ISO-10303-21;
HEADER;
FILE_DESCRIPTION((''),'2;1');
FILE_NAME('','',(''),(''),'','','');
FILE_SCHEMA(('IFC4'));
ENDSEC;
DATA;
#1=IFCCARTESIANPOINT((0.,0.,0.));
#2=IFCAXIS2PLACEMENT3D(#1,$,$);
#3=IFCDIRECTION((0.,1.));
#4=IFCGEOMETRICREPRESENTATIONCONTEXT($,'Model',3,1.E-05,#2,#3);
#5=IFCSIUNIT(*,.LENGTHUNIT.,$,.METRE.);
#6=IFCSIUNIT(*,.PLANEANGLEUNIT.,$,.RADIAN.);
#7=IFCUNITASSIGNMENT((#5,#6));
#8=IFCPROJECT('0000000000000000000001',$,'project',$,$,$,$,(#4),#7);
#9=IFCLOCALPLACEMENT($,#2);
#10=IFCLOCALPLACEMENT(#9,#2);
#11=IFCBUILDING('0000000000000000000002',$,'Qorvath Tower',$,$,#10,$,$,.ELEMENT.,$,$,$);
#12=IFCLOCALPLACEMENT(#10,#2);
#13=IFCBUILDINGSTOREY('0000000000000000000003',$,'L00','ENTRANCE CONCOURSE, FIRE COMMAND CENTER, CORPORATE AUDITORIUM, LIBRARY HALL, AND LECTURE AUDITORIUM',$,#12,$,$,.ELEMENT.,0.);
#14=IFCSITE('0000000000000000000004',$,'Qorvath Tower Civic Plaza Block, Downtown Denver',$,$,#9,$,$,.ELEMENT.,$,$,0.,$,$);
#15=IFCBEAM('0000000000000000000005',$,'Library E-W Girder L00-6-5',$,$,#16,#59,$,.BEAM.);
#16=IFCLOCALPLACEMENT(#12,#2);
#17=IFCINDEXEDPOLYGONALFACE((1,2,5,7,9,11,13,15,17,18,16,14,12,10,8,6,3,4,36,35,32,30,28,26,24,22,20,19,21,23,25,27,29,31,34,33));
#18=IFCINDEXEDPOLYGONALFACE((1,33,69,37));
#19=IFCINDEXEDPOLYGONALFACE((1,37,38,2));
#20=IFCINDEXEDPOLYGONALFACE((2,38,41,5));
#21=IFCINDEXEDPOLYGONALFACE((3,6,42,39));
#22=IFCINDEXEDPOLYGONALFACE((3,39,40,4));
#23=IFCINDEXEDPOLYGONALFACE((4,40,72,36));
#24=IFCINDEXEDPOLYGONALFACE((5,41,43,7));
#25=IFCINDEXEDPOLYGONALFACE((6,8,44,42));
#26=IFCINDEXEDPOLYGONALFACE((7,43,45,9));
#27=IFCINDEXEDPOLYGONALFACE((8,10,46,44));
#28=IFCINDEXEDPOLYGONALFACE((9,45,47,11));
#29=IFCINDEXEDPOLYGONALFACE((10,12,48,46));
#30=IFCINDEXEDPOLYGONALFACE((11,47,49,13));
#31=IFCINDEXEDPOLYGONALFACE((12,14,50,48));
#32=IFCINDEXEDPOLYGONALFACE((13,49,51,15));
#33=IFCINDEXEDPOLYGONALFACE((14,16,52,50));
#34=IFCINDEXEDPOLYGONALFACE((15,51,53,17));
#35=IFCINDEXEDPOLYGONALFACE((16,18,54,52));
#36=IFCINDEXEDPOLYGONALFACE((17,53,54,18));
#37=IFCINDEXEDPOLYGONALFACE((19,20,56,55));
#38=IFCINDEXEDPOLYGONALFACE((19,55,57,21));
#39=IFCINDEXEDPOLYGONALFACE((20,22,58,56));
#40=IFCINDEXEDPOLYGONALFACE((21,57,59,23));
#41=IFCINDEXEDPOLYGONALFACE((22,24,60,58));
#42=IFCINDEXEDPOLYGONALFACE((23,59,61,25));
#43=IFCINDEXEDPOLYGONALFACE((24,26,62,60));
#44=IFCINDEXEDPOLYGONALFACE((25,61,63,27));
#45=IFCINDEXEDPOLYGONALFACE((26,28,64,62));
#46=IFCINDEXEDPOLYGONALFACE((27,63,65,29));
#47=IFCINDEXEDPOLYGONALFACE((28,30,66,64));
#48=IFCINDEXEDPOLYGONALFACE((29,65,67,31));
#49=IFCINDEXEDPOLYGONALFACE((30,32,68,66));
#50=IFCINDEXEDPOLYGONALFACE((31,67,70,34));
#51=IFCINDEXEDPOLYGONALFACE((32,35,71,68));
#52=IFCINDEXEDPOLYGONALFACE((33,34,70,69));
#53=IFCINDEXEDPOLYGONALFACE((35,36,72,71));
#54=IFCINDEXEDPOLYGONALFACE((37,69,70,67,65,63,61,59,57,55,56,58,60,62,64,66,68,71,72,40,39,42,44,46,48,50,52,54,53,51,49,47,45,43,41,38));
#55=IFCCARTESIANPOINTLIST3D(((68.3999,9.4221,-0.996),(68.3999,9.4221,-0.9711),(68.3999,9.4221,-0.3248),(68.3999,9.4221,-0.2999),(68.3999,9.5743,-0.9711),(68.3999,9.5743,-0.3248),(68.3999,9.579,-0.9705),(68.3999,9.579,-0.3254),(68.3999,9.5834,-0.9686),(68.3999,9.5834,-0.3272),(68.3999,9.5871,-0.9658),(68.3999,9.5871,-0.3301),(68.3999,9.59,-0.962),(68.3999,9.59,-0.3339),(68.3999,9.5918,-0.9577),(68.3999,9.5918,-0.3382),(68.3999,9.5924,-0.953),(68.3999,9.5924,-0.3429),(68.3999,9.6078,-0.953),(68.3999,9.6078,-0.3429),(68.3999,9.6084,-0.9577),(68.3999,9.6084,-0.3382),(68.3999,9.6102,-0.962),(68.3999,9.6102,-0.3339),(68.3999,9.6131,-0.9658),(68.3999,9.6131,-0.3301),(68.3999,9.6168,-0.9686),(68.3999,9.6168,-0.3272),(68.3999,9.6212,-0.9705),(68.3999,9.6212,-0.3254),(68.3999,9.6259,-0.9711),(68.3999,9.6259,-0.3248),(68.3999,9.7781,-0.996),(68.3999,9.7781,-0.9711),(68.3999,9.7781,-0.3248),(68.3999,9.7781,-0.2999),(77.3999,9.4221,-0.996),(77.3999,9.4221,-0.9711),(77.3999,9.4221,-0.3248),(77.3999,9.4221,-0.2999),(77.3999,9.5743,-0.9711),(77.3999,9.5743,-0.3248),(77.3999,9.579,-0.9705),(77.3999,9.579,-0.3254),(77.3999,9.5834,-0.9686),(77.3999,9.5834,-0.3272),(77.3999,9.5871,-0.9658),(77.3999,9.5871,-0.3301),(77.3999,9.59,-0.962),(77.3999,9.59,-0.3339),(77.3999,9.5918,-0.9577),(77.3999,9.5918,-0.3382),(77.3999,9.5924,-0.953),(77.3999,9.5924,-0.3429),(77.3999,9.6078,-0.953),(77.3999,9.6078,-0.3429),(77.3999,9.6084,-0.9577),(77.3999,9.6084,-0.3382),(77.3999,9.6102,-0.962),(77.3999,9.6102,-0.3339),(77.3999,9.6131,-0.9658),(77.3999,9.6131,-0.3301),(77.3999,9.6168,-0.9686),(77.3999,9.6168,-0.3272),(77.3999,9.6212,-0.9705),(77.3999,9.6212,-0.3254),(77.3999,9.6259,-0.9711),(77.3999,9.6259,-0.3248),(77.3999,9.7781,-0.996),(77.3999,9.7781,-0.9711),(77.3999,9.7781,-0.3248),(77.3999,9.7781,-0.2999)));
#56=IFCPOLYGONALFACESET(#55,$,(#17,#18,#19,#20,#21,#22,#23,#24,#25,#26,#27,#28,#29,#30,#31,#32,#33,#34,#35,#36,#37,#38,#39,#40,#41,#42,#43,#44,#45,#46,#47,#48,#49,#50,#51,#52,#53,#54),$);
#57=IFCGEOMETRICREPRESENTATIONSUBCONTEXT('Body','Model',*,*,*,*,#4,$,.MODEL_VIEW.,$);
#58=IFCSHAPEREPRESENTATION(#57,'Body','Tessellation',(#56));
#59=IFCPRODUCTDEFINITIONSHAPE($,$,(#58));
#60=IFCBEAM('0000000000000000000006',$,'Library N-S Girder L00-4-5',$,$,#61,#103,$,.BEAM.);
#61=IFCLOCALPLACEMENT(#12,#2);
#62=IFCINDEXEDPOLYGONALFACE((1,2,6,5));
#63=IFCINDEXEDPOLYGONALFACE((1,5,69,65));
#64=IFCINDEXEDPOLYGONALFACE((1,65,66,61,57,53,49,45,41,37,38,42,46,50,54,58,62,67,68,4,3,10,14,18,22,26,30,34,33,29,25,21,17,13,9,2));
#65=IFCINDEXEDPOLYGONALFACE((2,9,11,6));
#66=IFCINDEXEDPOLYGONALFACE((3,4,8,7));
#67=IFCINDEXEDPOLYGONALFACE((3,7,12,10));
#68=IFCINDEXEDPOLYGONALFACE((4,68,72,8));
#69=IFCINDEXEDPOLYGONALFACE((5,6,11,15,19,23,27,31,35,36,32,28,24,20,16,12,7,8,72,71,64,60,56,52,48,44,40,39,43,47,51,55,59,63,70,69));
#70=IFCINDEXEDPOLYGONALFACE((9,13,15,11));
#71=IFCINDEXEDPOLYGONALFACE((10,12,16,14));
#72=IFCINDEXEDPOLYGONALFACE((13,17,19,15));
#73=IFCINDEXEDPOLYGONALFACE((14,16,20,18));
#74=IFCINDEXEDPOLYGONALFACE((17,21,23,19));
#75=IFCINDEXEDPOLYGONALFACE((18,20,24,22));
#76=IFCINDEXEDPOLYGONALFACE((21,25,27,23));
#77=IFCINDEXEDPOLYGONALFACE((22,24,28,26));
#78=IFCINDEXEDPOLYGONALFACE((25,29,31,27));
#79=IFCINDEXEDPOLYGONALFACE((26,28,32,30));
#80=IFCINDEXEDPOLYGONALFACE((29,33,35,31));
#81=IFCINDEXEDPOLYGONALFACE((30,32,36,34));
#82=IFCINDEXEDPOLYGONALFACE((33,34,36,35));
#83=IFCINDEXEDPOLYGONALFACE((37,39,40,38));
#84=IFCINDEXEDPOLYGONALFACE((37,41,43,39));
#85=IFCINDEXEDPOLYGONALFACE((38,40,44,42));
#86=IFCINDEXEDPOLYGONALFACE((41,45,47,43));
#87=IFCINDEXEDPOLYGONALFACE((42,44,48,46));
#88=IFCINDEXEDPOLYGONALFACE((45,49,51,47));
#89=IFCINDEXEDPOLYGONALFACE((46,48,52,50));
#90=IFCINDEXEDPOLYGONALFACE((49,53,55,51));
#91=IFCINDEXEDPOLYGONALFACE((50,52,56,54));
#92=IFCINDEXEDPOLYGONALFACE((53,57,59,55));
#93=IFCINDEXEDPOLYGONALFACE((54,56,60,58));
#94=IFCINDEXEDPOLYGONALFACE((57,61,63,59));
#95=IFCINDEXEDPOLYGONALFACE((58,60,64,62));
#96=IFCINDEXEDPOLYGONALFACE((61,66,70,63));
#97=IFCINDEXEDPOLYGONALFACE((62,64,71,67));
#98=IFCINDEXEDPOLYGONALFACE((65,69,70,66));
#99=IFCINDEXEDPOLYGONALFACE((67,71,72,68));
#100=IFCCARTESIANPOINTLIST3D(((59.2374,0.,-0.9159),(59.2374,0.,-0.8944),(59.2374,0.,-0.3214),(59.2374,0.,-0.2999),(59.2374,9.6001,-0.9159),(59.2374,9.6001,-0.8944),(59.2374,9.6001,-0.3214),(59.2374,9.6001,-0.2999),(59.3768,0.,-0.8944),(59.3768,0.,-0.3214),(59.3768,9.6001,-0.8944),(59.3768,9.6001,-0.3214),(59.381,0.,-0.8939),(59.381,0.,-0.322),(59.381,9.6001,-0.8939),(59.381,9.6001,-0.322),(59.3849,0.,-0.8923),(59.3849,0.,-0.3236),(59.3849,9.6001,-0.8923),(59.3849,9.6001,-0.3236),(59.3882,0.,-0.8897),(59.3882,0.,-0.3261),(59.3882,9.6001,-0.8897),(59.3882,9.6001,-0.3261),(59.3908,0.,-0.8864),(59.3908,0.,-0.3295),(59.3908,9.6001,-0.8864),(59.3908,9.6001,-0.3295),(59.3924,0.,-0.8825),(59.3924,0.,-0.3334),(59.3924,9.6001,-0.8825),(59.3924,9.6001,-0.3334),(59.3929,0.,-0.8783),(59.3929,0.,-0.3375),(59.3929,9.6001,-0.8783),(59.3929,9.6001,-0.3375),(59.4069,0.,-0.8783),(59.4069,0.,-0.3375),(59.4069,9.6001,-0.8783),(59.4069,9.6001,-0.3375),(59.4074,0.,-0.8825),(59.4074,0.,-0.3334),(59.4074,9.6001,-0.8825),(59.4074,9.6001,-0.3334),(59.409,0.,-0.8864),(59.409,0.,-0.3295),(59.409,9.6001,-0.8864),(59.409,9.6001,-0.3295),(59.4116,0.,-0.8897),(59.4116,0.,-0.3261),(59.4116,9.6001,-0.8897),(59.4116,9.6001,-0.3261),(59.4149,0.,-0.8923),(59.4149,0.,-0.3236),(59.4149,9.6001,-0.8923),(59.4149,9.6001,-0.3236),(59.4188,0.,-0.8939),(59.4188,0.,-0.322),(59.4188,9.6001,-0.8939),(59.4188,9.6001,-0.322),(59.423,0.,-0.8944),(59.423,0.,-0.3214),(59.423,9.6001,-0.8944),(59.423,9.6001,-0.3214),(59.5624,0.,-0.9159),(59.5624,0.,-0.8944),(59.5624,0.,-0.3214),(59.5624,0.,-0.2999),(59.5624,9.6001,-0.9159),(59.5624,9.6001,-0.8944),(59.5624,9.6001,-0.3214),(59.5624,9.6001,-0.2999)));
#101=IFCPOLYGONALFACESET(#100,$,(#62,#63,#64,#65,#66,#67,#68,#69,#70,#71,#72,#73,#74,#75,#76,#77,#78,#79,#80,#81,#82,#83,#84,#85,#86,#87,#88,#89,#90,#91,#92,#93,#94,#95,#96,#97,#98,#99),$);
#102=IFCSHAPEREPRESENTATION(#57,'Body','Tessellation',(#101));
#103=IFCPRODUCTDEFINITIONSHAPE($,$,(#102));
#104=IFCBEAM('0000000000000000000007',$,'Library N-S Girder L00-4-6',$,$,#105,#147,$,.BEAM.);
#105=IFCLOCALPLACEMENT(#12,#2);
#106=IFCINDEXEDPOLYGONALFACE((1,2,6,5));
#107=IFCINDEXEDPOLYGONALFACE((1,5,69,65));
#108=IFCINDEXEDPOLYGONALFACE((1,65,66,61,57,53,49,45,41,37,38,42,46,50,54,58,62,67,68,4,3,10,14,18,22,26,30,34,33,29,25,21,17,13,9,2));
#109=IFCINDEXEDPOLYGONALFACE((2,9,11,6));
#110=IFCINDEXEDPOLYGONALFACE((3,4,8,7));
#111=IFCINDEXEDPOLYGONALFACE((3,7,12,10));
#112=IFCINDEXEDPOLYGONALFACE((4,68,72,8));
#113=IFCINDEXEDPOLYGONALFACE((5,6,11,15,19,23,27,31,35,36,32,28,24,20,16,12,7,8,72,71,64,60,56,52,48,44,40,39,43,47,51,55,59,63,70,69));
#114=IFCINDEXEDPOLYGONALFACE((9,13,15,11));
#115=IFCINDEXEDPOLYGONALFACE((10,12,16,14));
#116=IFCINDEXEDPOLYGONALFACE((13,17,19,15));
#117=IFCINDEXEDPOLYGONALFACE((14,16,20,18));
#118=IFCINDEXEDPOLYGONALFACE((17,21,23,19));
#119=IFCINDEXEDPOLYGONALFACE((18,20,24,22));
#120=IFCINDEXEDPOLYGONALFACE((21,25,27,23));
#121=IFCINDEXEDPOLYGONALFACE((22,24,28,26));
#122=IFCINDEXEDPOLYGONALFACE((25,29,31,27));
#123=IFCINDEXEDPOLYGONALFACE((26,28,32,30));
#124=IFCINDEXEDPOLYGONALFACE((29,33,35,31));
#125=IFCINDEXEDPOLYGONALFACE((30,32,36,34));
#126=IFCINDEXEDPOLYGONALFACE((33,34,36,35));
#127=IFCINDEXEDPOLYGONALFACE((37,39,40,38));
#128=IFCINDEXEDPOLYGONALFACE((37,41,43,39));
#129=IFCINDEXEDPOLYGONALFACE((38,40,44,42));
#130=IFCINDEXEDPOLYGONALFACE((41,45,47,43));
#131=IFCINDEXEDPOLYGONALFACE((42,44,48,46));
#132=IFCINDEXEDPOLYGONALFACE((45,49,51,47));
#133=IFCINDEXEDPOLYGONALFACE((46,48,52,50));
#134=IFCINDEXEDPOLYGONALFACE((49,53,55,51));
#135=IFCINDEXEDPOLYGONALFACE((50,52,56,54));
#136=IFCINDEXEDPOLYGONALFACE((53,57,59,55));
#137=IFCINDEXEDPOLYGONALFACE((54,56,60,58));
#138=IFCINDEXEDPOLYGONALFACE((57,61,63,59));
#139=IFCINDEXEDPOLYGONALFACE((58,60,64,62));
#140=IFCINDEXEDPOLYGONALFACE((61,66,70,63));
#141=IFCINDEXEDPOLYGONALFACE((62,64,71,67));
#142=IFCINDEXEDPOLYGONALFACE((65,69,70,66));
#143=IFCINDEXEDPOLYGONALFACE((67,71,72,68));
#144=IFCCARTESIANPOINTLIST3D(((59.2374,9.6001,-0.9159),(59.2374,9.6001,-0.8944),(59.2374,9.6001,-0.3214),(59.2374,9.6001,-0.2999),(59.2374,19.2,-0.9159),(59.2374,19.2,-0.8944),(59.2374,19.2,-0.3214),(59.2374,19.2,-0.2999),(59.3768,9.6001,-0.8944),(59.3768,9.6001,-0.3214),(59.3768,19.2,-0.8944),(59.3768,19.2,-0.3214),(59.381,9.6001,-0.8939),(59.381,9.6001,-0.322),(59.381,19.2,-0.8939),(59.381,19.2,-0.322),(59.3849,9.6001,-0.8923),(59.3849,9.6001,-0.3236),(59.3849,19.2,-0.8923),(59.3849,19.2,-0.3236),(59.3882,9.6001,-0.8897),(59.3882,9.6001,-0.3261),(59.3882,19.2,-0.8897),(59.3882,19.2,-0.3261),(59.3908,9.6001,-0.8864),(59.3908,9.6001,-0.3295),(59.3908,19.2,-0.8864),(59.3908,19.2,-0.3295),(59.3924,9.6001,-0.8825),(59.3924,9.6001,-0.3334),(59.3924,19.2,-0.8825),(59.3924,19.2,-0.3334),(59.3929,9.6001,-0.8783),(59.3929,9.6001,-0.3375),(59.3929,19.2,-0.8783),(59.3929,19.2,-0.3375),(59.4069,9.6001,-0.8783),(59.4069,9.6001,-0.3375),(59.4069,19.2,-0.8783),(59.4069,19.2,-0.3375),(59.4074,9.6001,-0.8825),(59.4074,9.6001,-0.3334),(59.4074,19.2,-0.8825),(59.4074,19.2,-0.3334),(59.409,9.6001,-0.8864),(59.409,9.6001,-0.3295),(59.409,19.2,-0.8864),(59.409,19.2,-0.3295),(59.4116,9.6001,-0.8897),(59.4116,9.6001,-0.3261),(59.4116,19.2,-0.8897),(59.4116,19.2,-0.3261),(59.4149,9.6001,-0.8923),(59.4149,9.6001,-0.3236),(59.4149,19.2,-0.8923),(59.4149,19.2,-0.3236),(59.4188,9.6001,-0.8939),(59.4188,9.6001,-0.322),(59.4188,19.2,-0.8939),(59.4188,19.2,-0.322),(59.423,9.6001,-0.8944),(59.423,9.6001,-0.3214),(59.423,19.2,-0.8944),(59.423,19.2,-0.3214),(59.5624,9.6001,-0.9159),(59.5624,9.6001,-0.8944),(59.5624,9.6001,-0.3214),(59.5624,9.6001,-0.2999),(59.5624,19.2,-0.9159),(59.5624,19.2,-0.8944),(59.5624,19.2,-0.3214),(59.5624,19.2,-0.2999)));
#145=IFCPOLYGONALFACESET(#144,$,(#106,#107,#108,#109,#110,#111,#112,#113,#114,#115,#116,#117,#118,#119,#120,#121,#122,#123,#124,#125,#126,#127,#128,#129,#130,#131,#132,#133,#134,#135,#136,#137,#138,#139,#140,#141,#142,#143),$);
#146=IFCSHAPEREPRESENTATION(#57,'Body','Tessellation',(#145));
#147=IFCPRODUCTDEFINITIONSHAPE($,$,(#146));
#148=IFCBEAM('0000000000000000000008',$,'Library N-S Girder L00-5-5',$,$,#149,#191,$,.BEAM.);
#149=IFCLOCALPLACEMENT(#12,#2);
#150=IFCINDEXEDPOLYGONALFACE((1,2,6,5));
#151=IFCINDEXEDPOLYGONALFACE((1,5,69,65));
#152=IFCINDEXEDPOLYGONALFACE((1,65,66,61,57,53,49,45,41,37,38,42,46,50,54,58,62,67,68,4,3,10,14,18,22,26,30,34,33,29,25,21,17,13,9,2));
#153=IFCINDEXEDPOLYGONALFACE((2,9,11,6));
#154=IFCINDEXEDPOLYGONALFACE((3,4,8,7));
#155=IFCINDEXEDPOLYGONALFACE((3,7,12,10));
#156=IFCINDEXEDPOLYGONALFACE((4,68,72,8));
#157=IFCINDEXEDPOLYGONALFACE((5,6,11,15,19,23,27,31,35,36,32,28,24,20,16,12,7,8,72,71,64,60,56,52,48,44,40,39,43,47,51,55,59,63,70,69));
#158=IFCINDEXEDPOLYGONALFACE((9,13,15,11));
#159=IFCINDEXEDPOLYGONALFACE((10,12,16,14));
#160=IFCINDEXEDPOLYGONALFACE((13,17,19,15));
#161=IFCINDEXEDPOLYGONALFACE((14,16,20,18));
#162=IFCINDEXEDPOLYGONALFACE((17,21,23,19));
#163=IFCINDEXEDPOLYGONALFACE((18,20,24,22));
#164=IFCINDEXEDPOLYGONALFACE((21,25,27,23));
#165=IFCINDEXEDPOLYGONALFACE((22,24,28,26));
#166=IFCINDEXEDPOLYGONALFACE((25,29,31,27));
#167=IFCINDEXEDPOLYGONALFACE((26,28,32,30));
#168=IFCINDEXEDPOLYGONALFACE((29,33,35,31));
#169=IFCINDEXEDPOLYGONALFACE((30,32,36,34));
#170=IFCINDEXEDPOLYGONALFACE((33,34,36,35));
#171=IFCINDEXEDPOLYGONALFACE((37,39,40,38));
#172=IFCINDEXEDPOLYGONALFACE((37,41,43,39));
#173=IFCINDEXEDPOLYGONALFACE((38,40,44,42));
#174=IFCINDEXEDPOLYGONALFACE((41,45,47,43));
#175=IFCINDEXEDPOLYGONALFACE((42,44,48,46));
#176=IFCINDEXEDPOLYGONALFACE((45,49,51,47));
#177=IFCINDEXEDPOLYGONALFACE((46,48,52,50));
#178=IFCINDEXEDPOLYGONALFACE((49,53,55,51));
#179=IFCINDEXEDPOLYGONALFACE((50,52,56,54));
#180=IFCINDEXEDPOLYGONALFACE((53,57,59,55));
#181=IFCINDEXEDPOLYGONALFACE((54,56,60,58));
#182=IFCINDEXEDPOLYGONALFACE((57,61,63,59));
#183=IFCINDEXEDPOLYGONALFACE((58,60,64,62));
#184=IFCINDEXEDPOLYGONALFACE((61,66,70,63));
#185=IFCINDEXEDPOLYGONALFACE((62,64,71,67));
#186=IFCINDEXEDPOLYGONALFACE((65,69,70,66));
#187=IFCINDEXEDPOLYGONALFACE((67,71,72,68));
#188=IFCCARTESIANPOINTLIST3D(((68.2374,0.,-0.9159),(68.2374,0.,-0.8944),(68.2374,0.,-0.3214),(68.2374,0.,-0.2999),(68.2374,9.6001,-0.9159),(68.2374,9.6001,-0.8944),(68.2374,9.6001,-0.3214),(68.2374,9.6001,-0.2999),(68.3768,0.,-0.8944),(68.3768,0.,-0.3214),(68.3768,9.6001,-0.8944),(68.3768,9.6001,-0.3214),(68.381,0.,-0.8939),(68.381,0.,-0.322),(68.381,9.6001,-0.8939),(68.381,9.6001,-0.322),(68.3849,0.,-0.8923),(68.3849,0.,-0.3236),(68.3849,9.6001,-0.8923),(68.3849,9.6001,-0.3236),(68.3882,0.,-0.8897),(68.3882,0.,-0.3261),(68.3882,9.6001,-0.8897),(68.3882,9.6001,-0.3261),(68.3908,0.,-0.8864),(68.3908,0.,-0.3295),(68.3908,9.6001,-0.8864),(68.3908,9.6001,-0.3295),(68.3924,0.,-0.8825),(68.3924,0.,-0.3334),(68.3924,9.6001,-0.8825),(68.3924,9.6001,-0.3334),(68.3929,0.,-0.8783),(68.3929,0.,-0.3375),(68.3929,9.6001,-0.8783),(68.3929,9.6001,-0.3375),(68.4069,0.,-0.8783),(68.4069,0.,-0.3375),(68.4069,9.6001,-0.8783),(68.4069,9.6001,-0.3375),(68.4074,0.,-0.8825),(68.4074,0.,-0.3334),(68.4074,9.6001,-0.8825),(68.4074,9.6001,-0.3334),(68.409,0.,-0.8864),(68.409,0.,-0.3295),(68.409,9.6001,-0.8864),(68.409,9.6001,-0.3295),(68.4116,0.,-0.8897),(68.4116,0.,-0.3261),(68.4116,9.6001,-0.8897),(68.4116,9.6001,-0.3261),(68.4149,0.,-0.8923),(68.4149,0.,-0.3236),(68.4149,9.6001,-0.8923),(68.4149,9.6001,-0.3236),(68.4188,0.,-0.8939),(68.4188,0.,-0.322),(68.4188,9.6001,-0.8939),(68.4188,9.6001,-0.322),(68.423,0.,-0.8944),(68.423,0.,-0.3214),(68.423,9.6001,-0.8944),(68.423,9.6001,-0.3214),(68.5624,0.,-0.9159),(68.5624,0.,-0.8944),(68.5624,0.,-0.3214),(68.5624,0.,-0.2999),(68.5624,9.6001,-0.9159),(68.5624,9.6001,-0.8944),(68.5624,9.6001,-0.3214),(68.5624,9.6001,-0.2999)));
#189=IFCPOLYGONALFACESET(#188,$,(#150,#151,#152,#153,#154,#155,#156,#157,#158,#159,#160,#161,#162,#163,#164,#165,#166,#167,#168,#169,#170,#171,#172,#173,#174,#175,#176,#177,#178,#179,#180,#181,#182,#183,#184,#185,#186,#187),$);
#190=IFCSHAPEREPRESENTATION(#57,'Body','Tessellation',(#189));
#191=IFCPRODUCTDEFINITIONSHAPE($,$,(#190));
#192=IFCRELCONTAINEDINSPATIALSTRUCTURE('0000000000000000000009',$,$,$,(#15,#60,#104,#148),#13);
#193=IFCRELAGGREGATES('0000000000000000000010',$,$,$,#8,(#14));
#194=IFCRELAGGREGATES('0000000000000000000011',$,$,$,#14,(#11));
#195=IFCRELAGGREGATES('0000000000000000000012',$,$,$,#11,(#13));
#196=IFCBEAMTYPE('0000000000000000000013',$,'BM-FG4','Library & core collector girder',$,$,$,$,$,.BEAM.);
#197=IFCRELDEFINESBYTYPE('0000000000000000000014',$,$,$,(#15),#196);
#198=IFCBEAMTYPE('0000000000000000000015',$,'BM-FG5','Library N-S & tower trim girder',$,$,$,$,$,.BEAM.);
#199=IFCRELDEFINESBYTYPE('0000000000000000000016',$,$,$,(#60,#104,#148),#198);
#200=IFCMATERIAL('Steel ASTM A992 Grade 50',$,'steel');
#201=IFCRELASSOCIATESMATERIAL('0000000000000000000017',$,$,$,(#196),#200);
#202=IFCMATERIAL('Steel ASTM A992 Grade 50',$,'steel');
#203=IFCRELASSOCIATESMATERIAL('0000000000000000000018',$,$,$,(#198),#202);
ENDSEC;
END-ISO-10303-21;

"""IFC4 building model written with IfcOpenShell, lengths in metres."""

from ifc_helpers import new_model, si_unit, direction, frame, origin, origin_2d, place, context, subcontext, project, spatial, i_section, extrude, material, material_profile, profile_set, type_object, element, save


model = new_model("IFC4")

# Units and contexts
model_context = context("Model", 3, precision=1e-05, world=origin(), true_north=direction((0.0, 1.0)))
body_context = subcontext(model_context, "Body", "Model", "MODEL_VIEW")
ifc_project = project(units=[si_unit("LENGTHUNIT", "METRE"), si_unit("PLANEANGLEUNIT", "RADIAN")], contexts=[model_context])

# Site, building, storey
site_placement = place(None, origin())
site = spatial("IfcSite", under=ifc_project, at=site_placement, Name="Qorvath Tower Civic Plaza Block, Downtown Denver", CompositionType="ELEMENT", RefElevation=0.0)
building_placement = place(site_placement, origin())
building = spatial("IfcBuilding", under=site, at=building_placement, Name="Qorvath Tower", CompositionType="ELEMENT")
storey_placement = place(building_placement, origin())
storey = spatial("IfcBuildingStorey", under=building, at=storey_placement, Name="L00", Description="ENTRANCE CONCOURSE, FIRE COMMAND CENTER, CORPORATE AUDITORIUM, LIBRARY HALL, AND LECTURE AUDITORIUM", CompositionType="ELEMENT", Elevation=0.0)

# Beams
ifc_material_1 = material(Name="Steel ASTM A992 Grade 50", Category="steel")
ifc_material_profile_1 = material_profile(ifc_material_1, i_section(OverallWidth=0.356, OverallDepth=0.696, WebThickness=0.0154, FlangeThickness=0.0249, FilletRadius=0.0181, at=origin_2d()), Name="W27x146")
ifc_profile_set_1 = profile_set([ifc_material_profile_1], Name="Steel ASTM A992 Grade 50")
beam_type_1 = type_object("IfcBeamType", Name="BM-FG4", Description="Library & core collector girder", PredefinedType="BEAM", material=ifc_profile_set_1)
for number, where, z_axis, x_axis, name in (
    (1, (68.3999, 9.6001, -0.6479), (1.0, 0.0, 0.0), (0.0, 1.0, 0.0), "Library E-W Girder L00-6-5"),
):
    element("IfcBeam", number, at=place(storey_placement, frame(where, z_axis=z_axis, x_axis=x_axis)), inside=storey, type_object=beam_type_1, Name=name, PredefinedType="BEAM", context=body_context, shape_type="SweptSolid", body=[
        extrude(i_section(OverallWidth=0.356, OverallDepth=0.696, WebThickness=0.0154, FlangeThickness=0.0249, FilletRadius=0.0181, at=origin_2d()), origin(), (0.0, 0.0, 1.0), 9.0),
    ])
ifc_material_2 = material(Name="Steel ASTM A992 Grade 50", Category="steel")
ifc_material_profile_2 = material_profile(ifc_material_2, i_section(OverallWidth=0.325, OverallDepth=0.616, WebThickness=0.0139, FlangeThickness=0.0215, FilletRadius=0.0161, at=origin_2d()), Name="W24x117")
ifc_profile_set_2 = profile_set([ifc_material_profile_2], Name="Steel ASTM A992 Grade 50")
beam_type_2 = type_object("IfcBeamType", Name="BM-FG5", Description="Library N-S & tower trim girder", PredefinedType="BEAM", material=ifc_profile_set_2)
beam_1_placement = place(storey_placement, frame((59.3999, 0.0, -0.6079), z_axis=(0.0, 1.0, 0.0), x_axis=(-1.0, 0.0, 0.0)))
element("IfcBeam", 2, at=beam_1_placement, inside=storey, type_object=beam_type_2, Name="Library N-S Girder L00-4-5", PredefinedType="BEAM", context=body_context, shape_type="SweptSolid", body=[
    extrude(i_section(OverallWidth=0.325, OverallDepth=0.616, WebThickness=0.0139, FlangeThickness=0.0215, FilletRadius=0.0161, at=origin_2d()), origin(), (0.0, 0.0, 1.0), 9.6001),
])
beam_2_placement = place(storey_placement, frame((59.3999, 9.6001, -0.6079), z_axis=(0.0, 1.0, 0.0), x_axis=(-1.0, 0.0, 0.0)))
element("IfcBeam", 3, at=beam_2_placement, inside=storey, type_object=beam_type_2, Name="Library N-S Girder L00-4-6", PredefinedType="BEAM", context=body_context, shape_type="SweptSolid", body=[
    extrude(i_section(OverallWidth=0.325, OverallDepth=0.616, WebThickness=0.0139, FlangeThickness=0.0215, FilletRadius=0.0161, at=origin_2d()), origin(), (0.0, 0.0, 1.0), 9.5999),
])
beam_3_placement = place(storey_placement, frame((68.3999, 0.0, -0.6079), z_axis=(0.0, 1.0, 0.0), x_axis=(-1.0, 0.0, 0.0)))
element("IfcBeam", 4, at=beam_3_placement, inside=storey, type_object=beam_type_2, Name="Library N-S Girder L00-5-5", PredefinedType="BEAM", context=body_context, shape_type="SweptSolid", body=[
    extrude(i_section(OverallWidth=0.325, OverallDepth=0.616, WebThickness=0.0139, FlangeThickness=0.0215, FilletRadius=0.0161, at=origin_2d()), origin(), (0.0, 0.0, 1.0), 9.6001),
])

save(model, "model.ifc")
